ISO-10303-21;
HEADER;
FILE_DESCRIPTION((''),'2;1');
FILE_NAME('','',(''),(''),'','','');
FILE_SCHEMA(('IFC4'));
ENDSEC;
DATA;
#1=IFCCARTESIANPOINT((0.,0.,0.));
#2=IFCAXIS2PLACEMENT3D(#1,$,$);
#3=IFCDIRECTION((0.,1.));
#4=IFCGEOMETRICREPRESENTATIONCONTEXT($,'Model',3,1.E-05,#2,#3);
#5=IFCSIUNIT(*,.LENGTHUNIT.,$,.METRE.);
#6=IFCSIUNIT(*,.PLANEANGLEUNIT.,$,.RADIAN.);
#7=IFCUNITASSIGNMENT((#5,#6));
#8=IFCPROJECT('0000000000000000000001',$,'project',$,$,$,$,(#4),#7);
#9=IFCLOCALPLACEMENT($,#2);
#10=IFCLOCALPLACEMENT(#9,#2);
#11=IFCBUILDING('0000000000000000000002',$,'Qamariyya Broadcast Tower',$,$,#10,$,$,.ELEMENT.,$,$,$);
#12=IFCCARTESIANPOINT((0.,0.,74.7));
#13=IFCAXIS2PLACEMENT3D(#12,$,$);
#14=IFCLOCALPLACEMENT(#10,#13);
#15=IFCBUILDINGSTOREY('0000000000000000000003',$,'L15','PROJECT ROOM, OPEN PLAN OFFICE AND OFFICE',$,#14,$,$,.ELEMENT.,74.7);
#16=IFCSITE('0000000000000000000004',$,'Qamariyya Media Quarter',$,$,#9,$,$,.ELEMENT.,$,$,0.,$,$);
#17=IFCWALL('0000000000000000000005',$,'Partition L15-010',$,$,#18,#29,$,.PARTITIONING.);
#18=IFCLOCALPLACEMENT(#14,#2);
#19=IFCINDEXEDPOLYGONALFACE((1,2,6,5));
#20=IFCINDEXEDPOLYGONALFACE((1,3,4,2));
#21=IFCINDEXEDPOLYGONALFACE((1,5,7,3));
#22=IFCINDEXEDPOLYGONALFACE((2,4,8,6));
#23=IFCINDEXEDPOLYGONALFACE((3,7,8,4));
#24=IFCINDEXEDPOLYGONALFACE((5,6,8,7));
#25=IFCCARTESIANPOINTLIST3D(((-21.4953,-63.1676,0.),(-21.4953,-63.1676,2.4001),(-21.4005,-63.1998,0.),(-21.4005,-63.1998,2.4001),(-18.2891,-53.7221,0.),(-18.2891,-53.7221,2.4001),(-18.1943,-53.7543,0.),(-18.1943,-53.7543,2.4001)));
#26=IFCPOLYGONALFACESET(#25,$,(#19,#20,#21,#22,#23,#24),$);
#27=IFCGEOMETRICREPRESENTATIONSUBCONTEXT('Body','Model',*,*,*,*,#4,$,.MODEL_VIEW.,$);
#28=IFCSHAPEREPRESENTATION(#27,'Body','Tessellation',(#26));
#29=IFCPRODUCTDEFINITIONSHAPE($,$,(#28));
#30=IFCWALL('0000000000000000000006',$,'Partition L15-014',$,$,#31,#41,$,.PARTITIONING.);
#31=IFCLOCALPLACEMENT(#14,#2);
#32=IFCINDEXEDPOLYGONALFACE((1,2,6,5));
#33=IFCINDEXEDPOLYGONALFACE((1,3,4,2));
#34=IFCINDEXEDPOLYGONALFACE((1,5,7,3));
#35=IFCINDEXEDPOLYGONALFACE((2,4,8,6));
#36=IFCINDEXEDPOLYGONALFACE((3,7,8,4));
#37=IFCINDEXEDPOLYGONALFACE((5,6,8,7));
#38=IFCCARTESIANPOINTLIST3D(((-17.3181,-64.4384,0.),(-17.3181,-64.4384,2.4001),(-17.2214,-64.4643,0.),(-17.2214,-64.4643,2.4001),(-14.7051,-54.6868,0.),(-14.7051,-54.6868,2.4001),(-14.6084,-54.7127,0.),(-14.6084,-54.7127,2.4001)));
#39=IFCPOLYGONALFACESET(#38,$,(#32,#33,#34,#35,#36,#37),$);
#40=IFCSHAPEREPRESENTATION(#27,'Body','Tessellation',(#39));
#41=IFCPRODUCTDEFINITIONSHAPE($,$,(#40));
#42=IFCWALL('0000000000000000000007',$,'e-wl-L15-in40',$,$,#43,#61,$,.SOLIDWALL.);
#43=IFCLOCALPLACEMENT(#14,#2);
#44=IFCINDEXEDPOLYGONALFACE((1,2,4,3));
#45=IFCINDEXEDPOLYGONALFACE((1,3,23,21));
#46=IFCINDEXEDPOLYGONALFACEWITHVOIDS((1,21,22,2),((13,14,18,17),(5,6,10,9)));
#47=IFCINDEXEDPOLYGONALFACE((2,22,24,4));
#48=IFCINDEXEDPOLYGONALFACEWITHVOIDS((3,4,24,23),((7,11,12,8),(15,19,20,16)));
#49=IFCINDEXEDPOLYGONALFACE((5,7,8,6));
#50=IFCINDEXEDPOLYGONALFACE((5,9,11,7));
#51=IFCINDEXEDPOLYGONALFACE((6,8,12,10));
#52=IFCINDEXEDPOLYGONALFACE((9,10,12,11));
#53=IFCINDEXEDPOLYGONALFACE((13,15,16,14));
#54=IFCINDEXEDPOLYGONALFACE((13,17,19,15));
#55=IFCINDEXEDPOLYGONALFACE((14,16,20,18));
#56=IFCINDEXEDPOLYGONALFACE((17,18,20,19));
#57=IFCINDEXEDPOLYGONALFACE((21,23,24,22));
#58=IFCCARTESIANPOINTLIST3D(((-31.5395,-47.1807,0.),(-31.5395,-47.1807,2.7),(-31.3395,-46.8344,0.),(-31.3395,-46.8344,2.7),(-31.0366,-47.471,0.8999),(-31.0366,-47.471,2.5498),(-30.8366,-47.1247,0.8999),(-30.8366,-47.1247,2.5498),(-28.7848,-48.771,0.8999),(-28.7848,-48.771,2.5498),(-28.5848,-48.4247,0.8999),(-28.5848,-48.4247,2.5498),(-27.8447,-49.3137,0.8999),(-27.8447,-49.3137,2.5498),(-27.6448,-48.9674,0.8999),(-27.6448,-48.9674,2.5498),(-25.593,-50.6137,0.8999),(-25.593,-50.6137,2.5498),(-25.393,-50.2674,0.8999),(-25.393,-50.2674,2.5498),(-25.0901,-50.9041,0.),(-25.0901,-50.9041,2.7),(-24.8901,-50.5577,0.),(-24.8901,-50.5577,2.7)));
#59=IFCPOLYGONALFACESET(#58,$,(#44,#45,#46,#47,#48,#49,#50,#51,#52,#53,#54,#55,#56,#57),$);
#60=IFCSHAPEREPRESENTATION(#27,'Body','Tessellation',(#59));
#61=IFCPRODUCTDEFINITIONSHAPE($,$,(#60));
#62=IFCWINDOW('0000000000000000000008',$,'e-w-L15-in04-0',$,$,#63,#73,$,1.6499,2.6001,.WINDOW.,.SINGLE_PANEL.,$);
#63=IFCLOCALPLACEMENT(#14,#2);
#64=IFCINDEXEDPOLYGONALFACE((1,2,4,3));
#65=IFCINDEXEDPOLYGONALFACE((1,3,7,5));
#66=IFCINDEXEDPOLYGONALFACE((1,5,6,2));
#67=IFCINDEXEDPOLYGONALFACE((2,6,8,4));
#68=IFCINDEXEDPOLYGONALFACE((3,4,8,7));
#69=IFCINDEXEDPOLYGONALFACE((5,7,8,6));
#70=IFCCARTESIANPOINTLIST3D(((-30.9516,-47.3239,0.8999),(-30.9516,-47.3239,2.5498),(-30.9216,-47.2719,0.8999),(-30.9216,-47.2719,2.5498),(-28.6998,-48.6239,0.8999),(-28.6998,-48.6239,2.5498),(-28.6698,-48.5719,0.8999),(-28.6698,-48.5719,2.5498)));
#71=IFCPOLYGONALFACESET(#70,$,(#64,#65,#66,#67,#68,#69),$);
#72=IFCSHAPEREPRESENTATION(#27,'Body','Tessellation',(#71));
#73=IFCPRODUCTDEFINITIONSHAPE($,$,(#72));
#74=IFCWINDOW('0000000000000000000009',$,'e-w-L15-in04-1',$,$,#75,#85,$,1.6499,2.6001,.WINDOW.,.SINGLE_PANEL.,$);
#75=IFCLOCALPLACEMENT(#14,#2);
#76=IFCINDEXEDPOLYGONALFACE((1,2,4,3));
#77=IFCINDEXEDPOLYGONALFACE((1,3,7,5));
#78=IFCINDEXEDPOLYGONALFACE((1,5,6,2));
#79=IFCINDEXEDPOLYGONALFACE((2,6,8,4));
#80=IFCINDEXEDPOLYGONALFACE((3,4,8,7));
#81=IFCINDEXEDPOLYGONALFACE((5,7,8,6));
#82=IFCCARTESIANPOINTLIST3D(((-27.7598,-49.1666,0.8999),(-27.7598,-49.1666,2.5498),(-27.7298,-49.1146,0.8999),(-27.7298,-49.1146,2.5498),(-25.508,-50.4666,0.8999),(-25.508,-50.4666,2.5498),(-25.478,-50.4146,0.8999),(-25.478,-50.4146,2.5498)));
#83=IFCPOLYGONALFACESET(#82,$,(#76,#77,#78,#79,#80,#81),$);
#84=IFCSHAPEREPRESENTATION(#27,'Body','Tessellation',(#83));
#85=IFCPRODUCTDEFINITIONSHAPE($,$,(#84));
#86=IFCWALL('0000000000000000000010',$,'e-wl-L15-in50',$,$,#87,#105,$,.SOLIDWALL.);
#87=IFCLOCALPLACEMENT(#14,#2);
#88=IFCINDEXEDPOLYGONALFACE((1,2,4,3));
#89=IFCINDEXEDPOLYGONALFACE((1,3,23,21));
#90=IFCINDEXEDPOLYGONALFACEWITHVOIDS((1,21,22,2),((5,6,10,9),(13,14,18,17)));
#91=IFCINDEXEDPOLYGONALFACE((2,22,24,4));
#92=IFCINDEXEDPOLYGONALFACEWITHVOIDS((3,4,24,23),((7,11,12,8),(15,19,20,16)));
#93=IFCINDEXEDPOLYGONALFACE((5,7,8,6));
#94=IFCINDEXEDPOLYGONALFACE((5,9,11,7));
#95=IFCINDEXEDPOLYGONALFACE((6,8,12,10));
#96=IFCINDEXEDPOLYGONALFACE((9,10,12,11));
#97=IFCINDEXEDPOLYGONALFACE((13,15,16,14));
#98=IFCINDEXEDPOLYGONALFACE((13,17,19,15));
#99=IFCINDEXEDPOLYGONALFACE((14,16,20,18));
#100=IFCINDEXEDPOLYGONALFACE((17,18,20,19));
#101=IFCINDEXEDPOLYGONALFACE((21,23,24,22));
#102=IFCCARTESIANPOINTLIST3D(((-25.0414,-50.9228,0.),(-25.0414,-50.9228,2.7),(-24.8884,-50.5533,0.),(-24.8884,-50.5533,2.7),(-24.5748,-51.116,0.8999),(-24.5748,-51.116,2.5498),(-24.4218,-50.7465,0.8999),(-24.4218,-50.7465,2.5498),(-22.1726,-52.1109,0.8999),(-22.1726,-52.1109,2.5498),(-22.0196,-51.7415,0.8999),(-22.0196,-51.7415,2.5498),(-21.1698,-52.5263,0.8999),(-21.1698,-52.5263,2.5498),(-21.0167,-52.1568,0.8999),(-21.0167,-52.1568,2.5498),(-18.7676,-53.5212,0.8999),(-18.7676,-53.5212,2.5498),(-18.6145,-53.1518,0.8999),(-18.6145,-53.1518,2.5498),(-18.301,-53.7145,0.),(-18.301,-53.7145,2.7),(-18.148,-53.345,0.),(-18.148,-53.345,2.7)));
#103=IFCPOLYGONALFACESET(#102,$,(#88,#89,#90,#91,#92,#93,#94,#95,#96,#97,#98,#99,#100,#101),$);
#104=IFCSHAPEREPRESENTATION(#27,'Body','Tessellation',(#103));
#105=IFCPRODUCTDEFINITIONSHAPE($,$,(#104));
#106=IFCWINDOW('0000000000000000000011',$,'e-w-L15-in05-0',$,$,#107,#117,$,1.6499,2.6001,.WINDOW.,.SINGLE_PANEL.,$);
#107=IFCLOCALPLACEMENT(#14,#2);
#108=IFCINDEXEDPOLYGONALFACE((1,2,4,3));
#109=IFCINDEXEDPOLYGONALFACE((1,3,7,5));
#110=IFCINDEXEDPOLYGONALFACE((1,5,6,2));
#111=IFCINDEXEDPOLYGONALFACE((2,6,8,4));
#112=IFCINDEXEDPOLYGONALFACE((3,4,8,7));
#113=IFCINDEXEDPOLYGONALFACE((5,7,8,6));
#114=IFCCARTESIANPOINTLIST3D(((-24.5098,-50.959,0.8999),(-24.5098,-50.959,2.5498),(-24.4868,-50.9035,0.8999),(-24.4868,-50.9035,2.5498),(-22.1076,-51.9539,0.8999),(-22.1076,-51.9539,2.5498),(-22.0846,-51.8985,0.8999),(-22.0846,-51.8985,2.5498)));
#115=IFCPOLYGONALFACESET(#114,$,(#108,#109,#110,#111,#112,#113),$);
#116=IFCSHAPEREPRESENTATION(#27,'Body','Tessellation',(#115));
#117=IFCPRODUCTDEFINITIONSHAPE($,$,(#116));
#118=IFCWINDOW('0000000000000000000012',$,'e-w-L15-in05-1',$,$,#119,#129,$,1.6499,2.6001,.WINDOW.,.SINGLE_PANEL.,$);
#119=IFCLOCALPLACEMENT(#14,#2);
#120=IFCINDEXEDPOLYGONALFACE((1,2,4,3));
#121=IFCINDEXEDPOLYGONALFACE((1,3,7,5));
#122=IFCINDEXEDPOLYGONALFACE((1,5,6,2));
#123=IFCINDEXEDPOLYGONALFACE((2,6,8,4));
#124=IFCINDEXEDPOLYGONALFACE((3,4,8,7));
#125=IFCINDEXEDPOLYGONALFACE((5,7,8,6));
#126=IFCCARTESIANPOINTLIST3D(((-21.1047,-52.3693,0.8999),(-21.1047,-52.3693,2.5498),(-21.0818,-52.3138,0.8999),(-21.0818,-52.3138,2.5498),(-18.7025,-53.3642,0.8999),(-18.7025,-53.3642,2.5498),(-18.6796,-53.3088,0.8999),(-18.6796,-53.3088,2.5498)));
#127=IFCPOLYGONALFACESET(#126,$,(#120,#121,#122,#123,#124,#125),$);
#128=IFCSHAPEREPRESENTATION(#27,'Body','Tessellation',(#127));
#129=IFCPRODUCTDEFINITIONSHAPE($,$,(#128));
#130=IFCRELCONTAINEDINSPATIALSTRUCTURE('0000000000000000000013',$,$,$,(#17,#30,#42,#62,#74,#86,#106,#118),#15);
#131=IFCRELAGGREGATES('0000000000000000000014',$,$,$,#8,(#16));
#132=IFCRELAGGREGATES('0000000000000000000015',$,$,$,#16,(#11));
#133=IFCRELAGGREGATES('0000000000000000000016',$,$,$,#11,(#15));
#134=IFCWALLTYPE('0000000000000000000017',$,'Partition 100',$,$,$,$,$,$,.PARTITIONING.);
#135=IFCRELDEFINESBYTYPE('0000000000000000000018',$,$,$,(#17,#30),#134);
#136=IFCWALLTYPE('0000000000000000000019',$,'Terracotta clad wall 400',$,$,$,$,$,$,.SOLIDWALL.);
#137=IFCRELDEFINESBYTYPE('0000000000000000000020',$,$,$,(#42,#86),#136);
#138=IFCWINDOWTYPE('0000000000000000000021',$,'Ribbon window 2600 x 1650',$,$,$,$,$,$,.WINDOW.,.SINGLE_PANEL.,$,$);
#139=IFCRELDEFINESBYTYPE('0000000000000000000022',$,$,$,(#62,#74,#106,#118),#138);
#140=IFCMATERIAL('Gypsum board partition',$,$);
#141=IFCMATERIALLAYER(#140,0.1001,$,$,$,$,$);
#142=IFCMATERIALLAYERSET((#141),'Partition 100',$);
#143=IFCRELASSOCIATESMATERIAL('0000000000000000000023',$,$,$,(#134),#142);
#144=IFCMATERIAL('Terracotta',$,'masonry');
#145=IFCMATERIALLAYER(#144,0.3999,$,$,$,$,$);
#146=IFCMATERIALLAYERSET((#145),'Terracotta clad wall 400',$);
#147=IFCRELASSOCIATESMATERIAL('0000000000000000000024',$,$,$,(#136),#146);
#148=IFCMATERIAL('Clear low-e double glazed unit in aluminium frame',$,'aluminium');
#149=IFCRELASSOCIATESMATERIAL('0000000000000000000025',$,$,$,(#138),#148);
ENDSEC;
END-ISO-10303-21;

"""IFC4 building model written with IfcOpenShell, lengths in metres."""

from ifc_helpers import new_model, si_unit, direction, frame, frame_2d, origin, place, context, subcontext, project, spatial, rectangle, extrude, material, layer, layer_set, type_object, element, fill, save


model = new_model("IFC4")

# Units and contexts
model_context = context("Model", 3, precision=1e-05, world=origin(), true_north=direction((0.0, 1.0)))
body_context = subcontext(model_context, "Body", "Model", "MODEL_VIEW")
ifc_project = project(units=[si_unit("LENGTHUNIT", "METRE"), si_unit("PLANEANGLEUNIT", "RADIAN")], contexts=[model_context])

# Site, building, storey
site_placement = place(None, origin())
site = spatial("IfcSite", under=ifc_project, at=site_placement, Name="Qamariyya Media Quarter", CompositionType="ELEMENT", RefElevation=0.0)
building_placement = place(site_placement, origin())
building = spatial("IfcBuilding", under=site, at=building_placement, Name="Qamariyya Broadcast Tower", CompositionType="ELEMENT")
storey_placement = place(building_placement, frame((0.0, 0.0, 74.7)))
storey = spatial("IfcBuildingStorey", under=building, at=storey_placement, Name="L15", Description="PROJECT ROOM, OPEN PLAN OFFICE AND OFFICE", CompositionType="ELEMENT", Elevation=74.7)

# Shared definitions
ifc_material_1 = material(Name="Gypsum board partition")

# Walls
ifc_layer_1 = layer(ifc_material_1, 0.1001)
ifc_layer_set_1 = layer_set([ifc_layer_1], Name="Partition 100")
wall_type_1 = type_object("IfcWallType", Name="Partition 100", PredefinedType="PARTITIONING", material=ifc_layer_set_1)
wall_1_placement = place(storey_placement, frame((-18.2417, -53.7383, 0.0), z_axis=(0.0, 0.0, 1.0), x_axis=(-0.321436, -0.946931, 0.0)))
element("IfcWall", 1, at=wall_1_placement, inside=storey, type_object=wall_type_1, Name="Partition L15-010", PredefinedType="PARTITIONING", context=body_context, shape_type="SweptSolid", body=[
    extrude(rectangle(XDim=9.9749, YDim=0.1001, at=frame_2d((4.9873, 0.0))), origin(), (0.0, 0.0, 1.0), 2.4001),
])
wall_2_placement = place(storey_placement, frame((-14.6567, -54.6997, 0.0), z_axis=(0.0, 0.0, 1.0), x_axis=(-0.258826, -0.965924, 0.0)))
element("IfcWall", 2, at=wall_2_placement, inside=storey, type_object=wall_type_1, Name="Partition L15-014", PredefinedType="PARTITIONING", context=body_context, shape_type="SweptSolid", body=[
    extrude(rectangle(XDim=10.0957, YDim=0.1001, at=frame_2d((5.0479, 0.0))), origin(), (0.0, 0.0, 1.0), 2.4001),
])

# Walls, openings, windows
ifc_material_2 = material(Name="Terracotta", Category="masonry")
ifc_layer_2 = layer(ifc_material_2, 0.3999)
ifc_layer_set_2 = layer_set([ifc_layer_2], Name="Terracotta clad wall 400")
wall_type_2 = type_object("IfcWallType", Name="Terracotta clad wall 400", PredefinedType="SOLIDWALL", material=ifc_layer_set_2)
wall_3_placement = place(storey_placement, frame((-24.99, -50.731, 0.0), z_axis=(0.0, 0.0, 1.0), x_axis=(-0.866038, 0.499979, 0.0)))
wall_3 = element("IfcWall", 3, at=wall_3_placement, inside=storey, type_object=wall_type_2, Name="e-wl-L15-in40", PredefinedType="SOLIDWALL", context=body_context, shape_type="SweptSolid", body=[
    extrude(rectangle(XDim=7.447, YDim=0.3999, at=frame_2d((3.7236, 0.0))), origin(), (0.0, 0.0, 1.0), 2.7),
])
opening_1_placement = place(wall_3_placement, frame((4.2664, 0.0, 0.8999)))
opening_1 = element("IfcOpeningElement", 4, at=opening_1_placement, cuts=wall_3, PredefinedType="OPENING", context=body_context, shape_type="SweptSolid", body=[
    extrude(rectangle(XDim=2.6001, YDim=1.6499, at=frame_2d((1.3, 0.825))), frame((0.0, 0.21, 0.0), z_axis=(0.0, -1.0, 0.0), x_axis=(1.0, 0.0, 0.0)), (0.0, 0.0, 1.0), 0.4199),
])
opening_2_placement = place(wall_3_placement, frame((0.5808, 0.0, 0.8999)))
opening_2 = element("IfcOpeningElement", 5, at=opening_2_placement, cuts=wall_3, PredefinedType="OPENING", context=body_context, shape_type="SweptSolid", body=[
    extrude(rectangle(XDim=2.6001, YDim=1.6499, at=frame_2d((1.3, 0.825))), frame((0.0, 0.21, 0.0), z_axis=(0.0, -1.0, 0.0), x_axis=(1.0, 0.0, 0.0)), (0.0, 0.0, 1.0), 0.4199),
])
ifc_material_3 = material(Name="Clear low-e double glazed unit in aluminium frame", Category="aluminium")
window_type = type_object("IfcWindowType", Name="Ribbon window 2600 x 1650", PartitioningType="SINGLE_PANEL", PredefinedType="WINDOW", material=ifc_material_3)
window_1_placement = place(opening_1_placement, origin())
window_1 = element("IfcWindow", 6, at=window_1_placement, inside=storey, type_object=window_type, Name="e-w-L15-in04-0", OverallHeight=1.6499, OverallWidth=2.6001, PartitioningType="SINGLE_PANEL", PredefinedType="WINDOW", context=body_context, shape_type="SweptSolid", body=[
    extrude(rectangle(XDim=2.6001, YDim=1.6499, at=frame_2d((1.3, 0.825))), frame((0.0, 0.03, 0.0), z_axis=(0.0, -1.0, 0.0), x_axis=(1.0, 0.0, 0.0)), (0.0, 0.0, 1.0), 0.0601),
])
fill(opening_1, window_1)
window_2_placement = place(opening_2_placement, origin())
window_2 = element("IfcWindow", 7, at=window_2_placement, inside=storey, type_object=window_type, Name="e-w-L15-in04-1", OverallHeight=1.6499, OverallWidth=2.6001, PartitioningType="SINGLE_PANEL", PredefinedType="WINDOW", context=body_context, shape_type="SweptSolid", body=[
    extrude(rectangle(XDim=2.6001, YDim=1.6499, at=frame_2d((1.3, 0.825))), frame((0.0, 0.03, 0.0), z_axis=(0.0, -1.0, 0.0), x_axis=(1.0, 0.0, 0.0)), (0.0, 0.0, 1.0), 0.0601),
])
fill(opening_2, window_2)
wall_4_placement = place(storey_placement, frame((-18.2244, -53.5298, 0.0), z_axis=(0.0, 0.0, 1.0), x_axis=(-0.923892, 0.382654, 0.0)))
wall_4 = element("IfcWall", 8, at=wall_4_placement, inside=storey, type_object=wall_type_2, Name="e-wl-L15-in50", PredefinedType="SOLIDWALL", context=body_context, shape_type="SweptSolid", body=[
    extrude(rectangle(XDim=7.2957, YDim=0.3999, at=frame_2d((3.6479, 0.0))), origin(), (0.0, 0.0, 1.0), 2.7),
])
opening_3_placement = place(wall_4_placement, frame((4.1907, 0.0, 0.8999)))
opening_3 = element("IfcOpeningElement", 9, at=opening_3_placement, cuts=wall_4, PredefinedType="OPENING", context=body_context, shape_type="SweptSolid", body=[
    extrude(rectangle(XDim=2.6001, YDim=1.6499, at=frame_2d((1.3, 0.825))), frame((0.0, 0.21, 0.0), z_axis=(0.0, -1.0, 0.0), x_axis=(1.0, 0.0, 0.0)), (0.0, 0.0, 1.0), 0.4199),
])
opening_4_placement = place(wall_4_placement, frame((0.5051, 0.0, 0.8999)))
opening_4 = element("IfcOpeningElement", 10, at=opening_4_placement, cuts=wall_4, PredefinedType="OPENING", context=body_context, shape_type="SweptSolid", body=[
    extrude(rectangle(XDim=2.6001, YDim=1.6499, at=frame_2d((1.3, 0.825))), frame((0.0, 0.21, 0.0), z_axis=(0.0, -1.0, 0.0), x_axis=(1.0, 0.0, 0.0)), (0.0, 0.0, 1.0), 0.4199),
])
window_3_placement = place(opening_3_placement, origin())
window_3 = element("IfcWindow", 11, at=window_3_placement, inside=storey, type_object=window_type, Name="e-w-L15-in05-0", OverallHeight=1.6499, OverallWidth=2.6001, PartitioningType="SINGLE_PANEL", PredefinedType="WINDOW", context=body_context, shape_type="SweptSolid", body=[
    extrude(rectangle(XDim=2.6001, YDim=1.6499, at=frame_2d((1.3, 0.825))), frame((0.0, 0.03, 0.0), z_axis=(0.0, -1.0, 0.0), x_axis=(1.0, 0.0, 0.0)), (0.0, 0.0, 1.0), 0.0601),
])
fill(opening_3, window_3)
window_4_placement = place(opening_4_placement, origin())
window_4 = element("IfcWindow", 12, at=window_4_placement, inside=storey, type_object=window_type, Name="e-w-L15-in05-1", OverallHeight=1.6499, OverallWidth=2.6001, PartitioningType="SINGLE_PANEL", PredefinedType="WINDOW", context=body_context, shape_type="SweptSolid", body=[
    extrude(rectangle(XDim=2.6001, YDim=1.6499, at=frame_2d((1.3, 0.825))), frame((0.0, 0.03, 0.0), z_axis=(0.0, -1.0, 0.0), x_axis=(1.0, 0.0, 0.0)), (0.0, 0.0, 1.0), 0.0601),
])
fill(opening_4, window_4)

save(model, "model.ifc")
